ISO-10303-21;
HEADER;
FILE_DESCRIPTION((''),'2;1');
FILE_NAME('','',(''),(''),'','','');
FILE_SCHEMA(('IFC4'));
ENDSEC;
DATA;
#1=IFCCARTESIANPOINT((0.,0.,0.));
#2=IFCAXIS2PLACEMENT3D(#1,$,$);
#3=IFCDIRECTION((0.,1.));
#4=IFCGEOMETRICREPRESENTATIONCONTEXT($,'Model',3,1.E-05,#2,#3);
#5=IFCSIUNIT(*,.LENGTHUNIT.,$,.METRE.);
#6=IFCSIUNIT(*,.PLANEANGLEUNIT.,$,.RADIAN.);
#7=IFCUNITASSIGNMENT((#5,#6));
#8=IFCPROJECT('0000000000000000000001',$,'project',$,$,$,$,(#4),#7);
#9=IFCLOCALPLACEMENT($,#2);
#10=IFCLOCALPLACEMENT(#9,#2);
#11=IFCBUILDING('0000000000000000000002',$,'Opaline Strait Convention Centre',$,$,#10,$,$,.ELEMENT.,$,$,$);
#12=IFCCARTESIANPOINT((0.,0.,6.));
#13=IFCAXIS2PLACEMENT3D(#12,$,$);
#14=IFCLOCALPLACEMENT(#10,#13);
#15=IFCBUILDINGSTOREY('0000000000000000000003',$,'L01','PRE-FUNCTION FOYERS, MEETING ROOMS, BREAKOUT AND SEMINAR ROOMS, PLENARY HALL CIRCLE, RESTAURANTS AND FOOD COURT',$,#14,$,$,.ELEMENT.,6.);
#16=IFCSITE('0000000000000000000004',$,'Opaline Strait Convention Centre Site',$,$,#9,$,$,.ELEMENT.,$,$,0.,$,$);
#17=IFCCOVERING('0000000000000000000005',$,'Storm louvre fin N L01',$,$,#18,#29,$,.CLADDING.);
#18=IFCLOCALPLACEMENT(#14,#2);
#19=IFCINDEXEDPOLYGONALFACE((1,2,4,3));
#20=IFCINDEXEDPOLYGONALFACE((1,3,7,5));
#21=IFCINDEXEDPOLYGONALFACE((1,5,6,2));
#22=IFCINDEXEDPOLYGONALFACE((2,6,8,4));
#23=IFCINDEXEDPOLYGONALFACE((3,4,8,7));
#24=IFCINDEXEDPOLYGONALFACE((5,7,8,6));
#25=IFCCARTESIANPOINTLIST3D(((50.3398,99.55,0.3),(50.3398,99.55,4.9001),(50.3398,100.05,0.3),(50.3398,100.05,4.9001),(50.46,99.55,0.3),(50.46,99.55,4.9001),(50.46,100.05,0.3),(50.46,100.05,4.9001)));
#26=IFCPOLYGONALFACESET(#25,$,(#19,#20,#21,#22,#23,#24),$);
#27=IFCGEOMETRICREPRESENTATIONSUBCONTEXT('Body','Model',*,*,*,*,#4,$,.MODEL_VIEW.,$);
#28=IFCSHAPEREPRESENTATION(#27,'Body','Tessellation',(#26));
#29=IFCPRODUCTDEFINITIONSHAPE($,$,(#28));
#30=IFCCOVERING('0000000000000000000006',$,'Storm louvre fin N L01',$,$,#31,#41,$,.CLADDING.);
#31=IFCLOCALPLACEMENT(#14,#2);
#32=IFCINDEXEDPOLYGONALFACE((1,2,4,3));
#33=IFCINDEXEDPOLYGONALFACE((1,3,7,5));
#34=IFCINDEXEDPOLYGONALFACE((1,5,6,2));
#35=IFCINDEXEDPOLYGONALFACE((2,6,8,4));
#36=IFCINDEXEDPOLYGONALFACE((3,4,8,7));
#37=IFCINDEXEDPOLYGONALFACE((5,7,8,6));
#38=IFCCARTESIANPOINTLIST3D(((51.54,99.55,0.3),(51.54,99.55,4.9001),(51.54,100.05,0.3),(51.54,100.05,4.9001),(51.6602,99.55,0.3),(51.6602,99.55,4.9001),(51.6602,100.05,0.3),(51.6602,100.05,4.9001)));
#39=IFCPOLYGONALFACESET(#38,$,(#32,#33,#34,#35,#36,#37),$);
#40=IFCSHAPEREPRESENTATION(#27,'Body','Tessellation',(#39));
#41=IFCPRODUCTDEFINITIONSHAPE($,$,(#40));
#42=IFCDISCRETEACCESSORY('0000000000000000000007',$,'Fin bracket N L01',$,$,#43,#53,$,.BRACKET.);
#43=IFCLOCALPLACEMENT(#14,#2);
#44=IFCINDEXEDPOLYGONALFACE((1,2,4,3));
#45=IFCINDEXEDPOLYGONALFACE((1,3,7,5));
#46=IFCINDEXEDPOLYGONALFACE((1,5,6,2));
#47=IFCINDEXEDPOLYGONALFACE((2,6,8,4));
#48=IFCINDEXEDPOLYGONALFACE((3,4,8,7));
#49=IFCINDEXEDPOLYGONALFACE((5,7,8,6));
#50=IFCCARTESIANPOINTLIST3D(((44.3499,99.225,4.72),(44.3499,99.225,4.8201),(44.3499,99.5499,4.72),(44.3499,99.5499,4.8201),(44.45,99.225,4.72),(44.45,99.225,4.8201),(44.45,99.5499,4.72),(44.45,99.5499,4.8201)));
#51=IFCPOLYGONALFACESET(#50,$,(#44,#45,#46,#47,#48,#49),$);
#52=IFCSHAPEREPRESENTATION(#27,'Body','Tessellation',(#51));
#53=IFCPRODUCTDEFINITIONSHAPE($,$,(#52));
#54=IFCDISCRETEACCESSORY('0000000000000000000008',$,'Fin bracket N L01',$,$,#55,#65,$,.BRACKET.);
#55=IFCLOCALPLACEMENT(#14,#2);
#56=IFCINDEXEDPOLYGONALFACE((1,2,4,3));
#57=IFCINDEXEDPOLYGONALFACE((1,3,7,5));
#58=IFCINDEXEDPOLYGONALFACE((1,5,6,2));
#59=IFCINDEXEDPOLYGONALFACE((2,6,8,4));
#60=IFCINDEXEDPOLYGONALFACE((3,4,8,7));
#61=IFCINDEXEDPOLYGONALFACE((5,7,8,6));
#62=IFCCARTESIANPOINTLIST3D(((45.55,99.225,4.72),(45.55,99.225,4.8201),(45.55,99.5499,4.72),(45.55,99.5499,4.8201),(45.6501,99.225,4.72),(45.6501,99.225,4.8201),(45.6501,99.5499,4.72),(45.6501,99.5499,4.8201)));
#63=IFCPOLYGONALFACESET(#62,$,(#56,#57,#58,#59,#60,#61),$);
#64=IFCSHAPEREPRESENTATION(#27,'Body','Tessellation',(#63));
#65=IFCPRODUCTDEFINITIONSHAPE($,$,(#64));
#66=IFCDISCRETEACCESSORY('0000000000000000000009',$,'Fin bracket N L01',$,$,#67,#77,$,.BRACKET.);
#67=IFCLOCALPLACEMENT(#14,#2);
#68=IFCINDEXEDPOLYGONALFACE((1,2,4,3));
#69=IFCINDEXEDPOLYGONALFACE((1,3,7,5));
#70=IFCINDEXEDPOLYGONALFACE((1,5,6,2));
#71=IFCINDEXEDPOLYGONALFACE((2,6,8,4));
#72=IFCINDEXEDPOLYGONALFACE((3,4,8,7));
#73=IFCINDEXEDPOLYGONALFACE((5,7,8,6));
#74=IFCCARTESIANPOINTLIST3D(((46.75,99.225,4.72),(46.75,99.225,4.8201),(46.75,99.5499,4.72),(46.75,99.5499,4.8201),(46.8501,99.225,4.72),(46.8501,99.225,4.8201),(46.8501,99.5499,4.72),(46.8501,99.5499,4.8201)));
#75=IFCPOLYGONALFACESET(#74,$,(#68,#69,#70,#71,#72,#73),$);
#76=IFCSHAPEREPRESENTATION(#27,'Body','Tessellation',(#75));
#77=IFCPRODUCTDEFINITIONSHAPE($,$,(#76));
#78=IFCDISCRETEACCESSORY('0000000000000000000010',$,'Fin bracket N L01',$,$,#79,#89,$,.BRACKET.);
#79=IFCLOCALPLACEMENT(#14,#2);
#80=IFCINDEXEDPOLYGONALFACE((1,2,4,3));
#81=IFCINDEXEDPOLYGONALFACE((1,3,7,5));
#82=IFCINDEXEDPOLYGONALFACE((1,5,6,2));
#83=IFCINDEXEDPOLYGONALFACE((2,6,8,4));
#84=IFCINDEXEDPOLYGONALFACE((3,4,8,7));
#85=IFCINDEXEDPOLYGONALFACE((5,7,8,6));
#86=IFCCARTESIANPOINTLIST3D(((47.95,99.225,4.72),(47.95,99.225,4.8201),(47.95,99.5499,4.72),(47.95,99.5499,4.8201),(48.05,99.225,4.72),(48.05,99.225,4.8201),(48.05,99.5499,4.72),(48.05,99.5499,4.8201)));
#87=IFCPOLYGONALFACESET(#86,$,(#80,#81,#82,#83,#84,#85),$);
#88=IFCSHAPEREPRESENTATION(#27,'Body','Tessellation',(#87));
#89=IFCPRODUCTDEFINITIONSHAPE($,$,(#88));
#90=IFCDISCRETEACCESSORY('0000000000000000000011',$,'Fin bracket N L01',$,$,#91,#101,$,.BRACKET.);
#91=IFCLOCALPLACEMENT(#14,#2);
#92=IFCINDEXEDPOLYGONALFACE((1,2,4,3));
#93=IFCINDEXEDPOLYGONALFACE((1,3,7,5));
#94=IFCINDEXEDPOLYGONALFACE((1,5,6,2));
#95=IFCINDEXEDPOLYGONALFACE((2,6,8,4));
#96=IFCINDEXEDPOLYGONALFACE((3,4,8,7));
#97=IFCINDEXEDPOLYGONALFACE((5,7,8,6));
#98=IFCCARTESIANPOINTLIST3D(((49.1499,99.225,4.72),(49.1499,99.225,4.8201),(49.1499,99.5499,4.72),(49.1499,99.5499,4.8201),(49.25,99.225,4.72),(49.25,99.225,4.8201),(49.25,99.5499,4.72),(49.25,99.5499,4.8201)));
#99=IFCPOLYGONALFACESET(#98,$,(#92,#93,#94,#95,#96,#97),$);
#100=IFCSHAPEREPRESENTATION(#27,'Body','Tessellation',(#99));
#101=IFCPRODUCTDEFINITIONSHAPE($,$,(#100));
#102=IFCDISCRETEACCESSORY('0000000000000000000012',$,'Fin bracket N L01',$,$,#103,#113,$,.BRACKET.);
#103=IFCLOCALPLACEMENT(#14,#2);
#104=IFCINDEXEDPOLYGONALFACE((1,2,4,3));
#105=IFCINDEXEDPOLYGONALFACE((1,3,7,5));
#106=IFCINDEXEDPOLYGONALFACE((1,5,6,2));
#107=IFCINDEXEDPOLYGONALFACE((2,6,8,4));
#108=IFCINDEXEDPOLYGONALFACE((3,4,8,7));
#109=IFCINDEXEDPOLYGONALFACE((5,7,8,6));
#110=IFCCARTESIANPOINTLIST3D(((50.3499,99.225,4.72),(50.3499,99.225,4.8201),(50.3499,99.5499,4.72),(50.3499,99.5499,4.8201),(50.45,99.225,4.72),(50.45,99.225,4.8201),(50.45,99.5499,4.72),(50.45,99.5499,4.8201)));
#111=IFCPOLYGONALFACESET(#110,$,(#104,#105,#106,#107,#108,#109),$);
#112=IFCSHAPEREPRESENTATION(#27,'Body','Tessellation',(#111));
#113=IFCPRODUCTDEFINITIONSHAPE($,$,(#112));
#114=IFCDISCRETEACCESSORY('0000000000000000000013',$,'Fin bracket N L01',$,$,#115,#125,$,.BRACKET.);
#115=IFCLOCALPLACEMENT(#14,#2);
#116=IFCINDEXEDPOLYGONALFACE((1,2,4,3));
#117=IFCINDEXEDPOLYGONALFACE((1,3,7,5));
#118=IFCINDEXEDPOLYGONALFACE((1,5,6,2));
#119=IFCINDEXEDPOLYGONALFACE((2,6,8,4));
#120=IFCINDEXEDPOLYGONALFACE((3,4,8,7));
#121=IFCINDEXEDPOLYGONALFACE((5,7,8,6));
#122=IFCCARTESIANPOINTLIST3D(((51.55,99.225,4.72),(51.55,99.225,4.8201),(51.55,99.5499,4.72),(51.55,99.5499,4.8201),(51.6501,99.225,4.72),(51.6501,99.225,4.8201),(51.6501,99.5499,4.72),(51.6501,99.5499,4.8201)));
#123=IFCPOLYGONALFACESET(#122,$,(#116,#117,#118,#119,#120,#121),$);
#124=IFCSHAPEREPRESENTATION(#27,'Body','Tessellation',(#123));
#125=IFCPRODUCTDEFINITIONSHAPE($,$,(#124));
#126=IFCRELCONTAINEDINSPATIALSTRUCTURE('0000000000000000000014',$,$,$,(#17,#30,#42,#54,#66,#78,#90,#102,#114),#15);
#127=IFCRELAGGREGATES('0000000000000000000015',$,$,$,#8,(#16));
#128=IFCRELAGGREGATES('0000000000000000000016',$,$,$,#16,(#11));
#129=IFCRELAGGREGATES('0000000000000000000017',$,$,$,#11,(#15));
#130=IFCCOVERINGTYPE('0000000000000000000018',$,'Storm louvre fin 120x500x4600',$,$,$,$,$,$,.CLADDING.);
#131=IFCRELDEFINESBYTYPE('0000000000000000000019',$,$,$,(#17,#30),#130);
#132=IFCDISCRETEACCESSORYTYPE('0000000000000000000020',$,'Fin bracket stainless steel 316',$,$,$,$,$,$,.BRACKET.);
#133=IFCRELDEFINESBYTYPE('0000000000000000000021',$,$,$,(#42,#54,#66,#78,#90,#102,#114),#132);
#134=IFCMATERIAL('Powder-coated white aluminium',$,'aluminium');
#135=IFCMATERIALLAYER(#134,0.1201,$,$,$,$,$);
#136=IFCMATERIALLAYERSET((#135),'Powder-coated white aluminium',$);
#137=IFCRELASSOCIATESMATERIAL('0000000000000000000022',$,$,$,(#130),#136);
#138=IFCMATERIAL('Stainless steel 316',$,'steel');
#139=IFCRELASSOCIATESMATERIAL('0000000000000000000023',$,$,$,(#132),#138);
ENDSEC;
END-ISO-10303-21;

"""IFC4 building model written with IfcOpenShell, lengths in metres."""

from ifc_helpers import new_model, si_unit, direction, frame, origin, origin_2d, place, context, subcontext, project, spatial, rectangle, extrude, material, layer, layer_set, type_object, element, save


model = new_model("IFC4")

# Units and contexts
model_context = context("Model", 3, precision=1e-05, world=origin(), true_north=direction((0.0, 1.0)))
body_context = subcontext(model_context, "Body", "Model", "MODEL_VIEW")
ifc_project = project(units=[si_unit("LENGTHUNIT", "METRE"), si_unit("PLANEANGLEUNIT", "RADIAN")], contexts=[model_context])

# Site, building, storey
site_placement = place(None, origin())
site = spatial("IfcSite", under=ifc_project, at=site_placement, Name="Opaline Strait Convention Centre Site", CompositionType="ELEMENT", RefElevation=0.0)
building_placement = place(site_placement, origin())
building = spatial("IfcBuilding", under=site, at=building_placement, Name="Opaline Strait Convention Centre", CompositionType="ELEMENT")
storey_placement = place(building_placement, frame((0.0, 0.0, 6.0)))
storey = spatial("IfcBuildingStorey", under=building, at=storey_placement, Name="L01", Description="PRE-FUNCTION FOYERS, MEETING ROOMS, BREAKOUT AND SEMINAR ROOMS, PLENARY HALL CIRCLE, RESTAURANTS AND FOOD COURT", CompositionType="ELEMENT", Elevation=6.0)

# Coverings
ifc_material_1 = material(Name="Powder-coated white aluminium", Category="aluminium")
ifc_layer_1 = layer(ifc_material_1, 0.1201)
ifc_layer_set_1 = layer_set([ifc_layer_1], Name="Powder-coated white aluminium")
covering_type = type_object("IfcCoveringType", Name="Storm louvre fin 120x500x4600", PredefinedType="CLADDING", material=ifc_layer_set_1)
for number, where, z_axis, x_axis, name in (
    (1, (50.3999, 99.8, 0.3), (0.0, 0.0, 1.0), (1.0, 0.0, 0.0), "Storm louvre fin N L01"),
    (2, (51.6001, 99.8, 0.3), (0.0, 0.0, 1.0), (1.0, 0.0, 0.0), "Storm louvre fin N L01"),
):
    element("IfcCovering", number, at=place(storey_placement, frame(where, z_axis=z_axis, x_axis=x_axis)), inside=storey, type_object=covering_type, Name=name, PredefinedType="CLADDING", context=body_context, shape_type="SweptSolid", body=[
        extrude(rectangle(XDim=0.1201, YDim=0.5, at=origin_2d()), origin(), (0.0, 0.0, 1.0), 4.6001),
    ])

# Discrete accessories
ifc_material_2 = material(Name="Stainless steel 316", Category="steel")
discrete_accessory_type = type_object("IfcDiscreteAccessoryType", Name="Fin bracket stainless steel 316", PredefinedType="BRACKET", material=ifc_material_2)
for number, where, z_axis, x_axis, name in (
    (3, (44.3999, 99.3875, 4.72), (0.0, 0.0, 1.0), (1.0, 0.0, 0.0), "Fin bracket N L01"),
    (4, (45.6001, 99.3875, 4.72), (0.0, 0.0, 1.0), (1.0, 0.0, 0.0), "Fin bracket N L01"),
    (5, (46.8, 99.3875, 4.72), (0.0, 0.0, 1.0), (1.0, 0.0, 0.0), "Fin bracket N L01"),
    (6, (48.0, 99.3875, 4.72), (0.0, 0.0, 1.0), (1.0, 0.0, 0.0), "Fin bracket N L01"),
    (7, (49.2, 99.3875, 4.72), (0.0, 0.0, 1.0), (1.0, 0.0, 0.0), "Fin bracket N L01"),
    (8, (50.3999, 99.3875, 4.72), (0.0, 0.0, 1.0), (1.0, 0.0, 0.0), "Fin bracket N L01"),
    (9, (51.6001, 99.3875, 4.72), (0.0, 0.0, 1.0), (1.0, 0.0, 0.0), "Fin bracket N L01"),
):
    element("IfcDiscreteAccessory", number, at=place(storey_placement, frame(where, z_axis=z_axis, x_axis=x_axis)), inside=storey, type_object=discrete_accessory_type, Name=name, PredefinedType="BRACKET", context=body_context, shape_type="SweptSolid", body=[
        extrude(rectangle(XDim=0.1001, YDim=0.325, at=origin_2d()), origin(), (0.0, 0.0, 1.0), 0.1001),
    ])

save(model, "model.ifc")
